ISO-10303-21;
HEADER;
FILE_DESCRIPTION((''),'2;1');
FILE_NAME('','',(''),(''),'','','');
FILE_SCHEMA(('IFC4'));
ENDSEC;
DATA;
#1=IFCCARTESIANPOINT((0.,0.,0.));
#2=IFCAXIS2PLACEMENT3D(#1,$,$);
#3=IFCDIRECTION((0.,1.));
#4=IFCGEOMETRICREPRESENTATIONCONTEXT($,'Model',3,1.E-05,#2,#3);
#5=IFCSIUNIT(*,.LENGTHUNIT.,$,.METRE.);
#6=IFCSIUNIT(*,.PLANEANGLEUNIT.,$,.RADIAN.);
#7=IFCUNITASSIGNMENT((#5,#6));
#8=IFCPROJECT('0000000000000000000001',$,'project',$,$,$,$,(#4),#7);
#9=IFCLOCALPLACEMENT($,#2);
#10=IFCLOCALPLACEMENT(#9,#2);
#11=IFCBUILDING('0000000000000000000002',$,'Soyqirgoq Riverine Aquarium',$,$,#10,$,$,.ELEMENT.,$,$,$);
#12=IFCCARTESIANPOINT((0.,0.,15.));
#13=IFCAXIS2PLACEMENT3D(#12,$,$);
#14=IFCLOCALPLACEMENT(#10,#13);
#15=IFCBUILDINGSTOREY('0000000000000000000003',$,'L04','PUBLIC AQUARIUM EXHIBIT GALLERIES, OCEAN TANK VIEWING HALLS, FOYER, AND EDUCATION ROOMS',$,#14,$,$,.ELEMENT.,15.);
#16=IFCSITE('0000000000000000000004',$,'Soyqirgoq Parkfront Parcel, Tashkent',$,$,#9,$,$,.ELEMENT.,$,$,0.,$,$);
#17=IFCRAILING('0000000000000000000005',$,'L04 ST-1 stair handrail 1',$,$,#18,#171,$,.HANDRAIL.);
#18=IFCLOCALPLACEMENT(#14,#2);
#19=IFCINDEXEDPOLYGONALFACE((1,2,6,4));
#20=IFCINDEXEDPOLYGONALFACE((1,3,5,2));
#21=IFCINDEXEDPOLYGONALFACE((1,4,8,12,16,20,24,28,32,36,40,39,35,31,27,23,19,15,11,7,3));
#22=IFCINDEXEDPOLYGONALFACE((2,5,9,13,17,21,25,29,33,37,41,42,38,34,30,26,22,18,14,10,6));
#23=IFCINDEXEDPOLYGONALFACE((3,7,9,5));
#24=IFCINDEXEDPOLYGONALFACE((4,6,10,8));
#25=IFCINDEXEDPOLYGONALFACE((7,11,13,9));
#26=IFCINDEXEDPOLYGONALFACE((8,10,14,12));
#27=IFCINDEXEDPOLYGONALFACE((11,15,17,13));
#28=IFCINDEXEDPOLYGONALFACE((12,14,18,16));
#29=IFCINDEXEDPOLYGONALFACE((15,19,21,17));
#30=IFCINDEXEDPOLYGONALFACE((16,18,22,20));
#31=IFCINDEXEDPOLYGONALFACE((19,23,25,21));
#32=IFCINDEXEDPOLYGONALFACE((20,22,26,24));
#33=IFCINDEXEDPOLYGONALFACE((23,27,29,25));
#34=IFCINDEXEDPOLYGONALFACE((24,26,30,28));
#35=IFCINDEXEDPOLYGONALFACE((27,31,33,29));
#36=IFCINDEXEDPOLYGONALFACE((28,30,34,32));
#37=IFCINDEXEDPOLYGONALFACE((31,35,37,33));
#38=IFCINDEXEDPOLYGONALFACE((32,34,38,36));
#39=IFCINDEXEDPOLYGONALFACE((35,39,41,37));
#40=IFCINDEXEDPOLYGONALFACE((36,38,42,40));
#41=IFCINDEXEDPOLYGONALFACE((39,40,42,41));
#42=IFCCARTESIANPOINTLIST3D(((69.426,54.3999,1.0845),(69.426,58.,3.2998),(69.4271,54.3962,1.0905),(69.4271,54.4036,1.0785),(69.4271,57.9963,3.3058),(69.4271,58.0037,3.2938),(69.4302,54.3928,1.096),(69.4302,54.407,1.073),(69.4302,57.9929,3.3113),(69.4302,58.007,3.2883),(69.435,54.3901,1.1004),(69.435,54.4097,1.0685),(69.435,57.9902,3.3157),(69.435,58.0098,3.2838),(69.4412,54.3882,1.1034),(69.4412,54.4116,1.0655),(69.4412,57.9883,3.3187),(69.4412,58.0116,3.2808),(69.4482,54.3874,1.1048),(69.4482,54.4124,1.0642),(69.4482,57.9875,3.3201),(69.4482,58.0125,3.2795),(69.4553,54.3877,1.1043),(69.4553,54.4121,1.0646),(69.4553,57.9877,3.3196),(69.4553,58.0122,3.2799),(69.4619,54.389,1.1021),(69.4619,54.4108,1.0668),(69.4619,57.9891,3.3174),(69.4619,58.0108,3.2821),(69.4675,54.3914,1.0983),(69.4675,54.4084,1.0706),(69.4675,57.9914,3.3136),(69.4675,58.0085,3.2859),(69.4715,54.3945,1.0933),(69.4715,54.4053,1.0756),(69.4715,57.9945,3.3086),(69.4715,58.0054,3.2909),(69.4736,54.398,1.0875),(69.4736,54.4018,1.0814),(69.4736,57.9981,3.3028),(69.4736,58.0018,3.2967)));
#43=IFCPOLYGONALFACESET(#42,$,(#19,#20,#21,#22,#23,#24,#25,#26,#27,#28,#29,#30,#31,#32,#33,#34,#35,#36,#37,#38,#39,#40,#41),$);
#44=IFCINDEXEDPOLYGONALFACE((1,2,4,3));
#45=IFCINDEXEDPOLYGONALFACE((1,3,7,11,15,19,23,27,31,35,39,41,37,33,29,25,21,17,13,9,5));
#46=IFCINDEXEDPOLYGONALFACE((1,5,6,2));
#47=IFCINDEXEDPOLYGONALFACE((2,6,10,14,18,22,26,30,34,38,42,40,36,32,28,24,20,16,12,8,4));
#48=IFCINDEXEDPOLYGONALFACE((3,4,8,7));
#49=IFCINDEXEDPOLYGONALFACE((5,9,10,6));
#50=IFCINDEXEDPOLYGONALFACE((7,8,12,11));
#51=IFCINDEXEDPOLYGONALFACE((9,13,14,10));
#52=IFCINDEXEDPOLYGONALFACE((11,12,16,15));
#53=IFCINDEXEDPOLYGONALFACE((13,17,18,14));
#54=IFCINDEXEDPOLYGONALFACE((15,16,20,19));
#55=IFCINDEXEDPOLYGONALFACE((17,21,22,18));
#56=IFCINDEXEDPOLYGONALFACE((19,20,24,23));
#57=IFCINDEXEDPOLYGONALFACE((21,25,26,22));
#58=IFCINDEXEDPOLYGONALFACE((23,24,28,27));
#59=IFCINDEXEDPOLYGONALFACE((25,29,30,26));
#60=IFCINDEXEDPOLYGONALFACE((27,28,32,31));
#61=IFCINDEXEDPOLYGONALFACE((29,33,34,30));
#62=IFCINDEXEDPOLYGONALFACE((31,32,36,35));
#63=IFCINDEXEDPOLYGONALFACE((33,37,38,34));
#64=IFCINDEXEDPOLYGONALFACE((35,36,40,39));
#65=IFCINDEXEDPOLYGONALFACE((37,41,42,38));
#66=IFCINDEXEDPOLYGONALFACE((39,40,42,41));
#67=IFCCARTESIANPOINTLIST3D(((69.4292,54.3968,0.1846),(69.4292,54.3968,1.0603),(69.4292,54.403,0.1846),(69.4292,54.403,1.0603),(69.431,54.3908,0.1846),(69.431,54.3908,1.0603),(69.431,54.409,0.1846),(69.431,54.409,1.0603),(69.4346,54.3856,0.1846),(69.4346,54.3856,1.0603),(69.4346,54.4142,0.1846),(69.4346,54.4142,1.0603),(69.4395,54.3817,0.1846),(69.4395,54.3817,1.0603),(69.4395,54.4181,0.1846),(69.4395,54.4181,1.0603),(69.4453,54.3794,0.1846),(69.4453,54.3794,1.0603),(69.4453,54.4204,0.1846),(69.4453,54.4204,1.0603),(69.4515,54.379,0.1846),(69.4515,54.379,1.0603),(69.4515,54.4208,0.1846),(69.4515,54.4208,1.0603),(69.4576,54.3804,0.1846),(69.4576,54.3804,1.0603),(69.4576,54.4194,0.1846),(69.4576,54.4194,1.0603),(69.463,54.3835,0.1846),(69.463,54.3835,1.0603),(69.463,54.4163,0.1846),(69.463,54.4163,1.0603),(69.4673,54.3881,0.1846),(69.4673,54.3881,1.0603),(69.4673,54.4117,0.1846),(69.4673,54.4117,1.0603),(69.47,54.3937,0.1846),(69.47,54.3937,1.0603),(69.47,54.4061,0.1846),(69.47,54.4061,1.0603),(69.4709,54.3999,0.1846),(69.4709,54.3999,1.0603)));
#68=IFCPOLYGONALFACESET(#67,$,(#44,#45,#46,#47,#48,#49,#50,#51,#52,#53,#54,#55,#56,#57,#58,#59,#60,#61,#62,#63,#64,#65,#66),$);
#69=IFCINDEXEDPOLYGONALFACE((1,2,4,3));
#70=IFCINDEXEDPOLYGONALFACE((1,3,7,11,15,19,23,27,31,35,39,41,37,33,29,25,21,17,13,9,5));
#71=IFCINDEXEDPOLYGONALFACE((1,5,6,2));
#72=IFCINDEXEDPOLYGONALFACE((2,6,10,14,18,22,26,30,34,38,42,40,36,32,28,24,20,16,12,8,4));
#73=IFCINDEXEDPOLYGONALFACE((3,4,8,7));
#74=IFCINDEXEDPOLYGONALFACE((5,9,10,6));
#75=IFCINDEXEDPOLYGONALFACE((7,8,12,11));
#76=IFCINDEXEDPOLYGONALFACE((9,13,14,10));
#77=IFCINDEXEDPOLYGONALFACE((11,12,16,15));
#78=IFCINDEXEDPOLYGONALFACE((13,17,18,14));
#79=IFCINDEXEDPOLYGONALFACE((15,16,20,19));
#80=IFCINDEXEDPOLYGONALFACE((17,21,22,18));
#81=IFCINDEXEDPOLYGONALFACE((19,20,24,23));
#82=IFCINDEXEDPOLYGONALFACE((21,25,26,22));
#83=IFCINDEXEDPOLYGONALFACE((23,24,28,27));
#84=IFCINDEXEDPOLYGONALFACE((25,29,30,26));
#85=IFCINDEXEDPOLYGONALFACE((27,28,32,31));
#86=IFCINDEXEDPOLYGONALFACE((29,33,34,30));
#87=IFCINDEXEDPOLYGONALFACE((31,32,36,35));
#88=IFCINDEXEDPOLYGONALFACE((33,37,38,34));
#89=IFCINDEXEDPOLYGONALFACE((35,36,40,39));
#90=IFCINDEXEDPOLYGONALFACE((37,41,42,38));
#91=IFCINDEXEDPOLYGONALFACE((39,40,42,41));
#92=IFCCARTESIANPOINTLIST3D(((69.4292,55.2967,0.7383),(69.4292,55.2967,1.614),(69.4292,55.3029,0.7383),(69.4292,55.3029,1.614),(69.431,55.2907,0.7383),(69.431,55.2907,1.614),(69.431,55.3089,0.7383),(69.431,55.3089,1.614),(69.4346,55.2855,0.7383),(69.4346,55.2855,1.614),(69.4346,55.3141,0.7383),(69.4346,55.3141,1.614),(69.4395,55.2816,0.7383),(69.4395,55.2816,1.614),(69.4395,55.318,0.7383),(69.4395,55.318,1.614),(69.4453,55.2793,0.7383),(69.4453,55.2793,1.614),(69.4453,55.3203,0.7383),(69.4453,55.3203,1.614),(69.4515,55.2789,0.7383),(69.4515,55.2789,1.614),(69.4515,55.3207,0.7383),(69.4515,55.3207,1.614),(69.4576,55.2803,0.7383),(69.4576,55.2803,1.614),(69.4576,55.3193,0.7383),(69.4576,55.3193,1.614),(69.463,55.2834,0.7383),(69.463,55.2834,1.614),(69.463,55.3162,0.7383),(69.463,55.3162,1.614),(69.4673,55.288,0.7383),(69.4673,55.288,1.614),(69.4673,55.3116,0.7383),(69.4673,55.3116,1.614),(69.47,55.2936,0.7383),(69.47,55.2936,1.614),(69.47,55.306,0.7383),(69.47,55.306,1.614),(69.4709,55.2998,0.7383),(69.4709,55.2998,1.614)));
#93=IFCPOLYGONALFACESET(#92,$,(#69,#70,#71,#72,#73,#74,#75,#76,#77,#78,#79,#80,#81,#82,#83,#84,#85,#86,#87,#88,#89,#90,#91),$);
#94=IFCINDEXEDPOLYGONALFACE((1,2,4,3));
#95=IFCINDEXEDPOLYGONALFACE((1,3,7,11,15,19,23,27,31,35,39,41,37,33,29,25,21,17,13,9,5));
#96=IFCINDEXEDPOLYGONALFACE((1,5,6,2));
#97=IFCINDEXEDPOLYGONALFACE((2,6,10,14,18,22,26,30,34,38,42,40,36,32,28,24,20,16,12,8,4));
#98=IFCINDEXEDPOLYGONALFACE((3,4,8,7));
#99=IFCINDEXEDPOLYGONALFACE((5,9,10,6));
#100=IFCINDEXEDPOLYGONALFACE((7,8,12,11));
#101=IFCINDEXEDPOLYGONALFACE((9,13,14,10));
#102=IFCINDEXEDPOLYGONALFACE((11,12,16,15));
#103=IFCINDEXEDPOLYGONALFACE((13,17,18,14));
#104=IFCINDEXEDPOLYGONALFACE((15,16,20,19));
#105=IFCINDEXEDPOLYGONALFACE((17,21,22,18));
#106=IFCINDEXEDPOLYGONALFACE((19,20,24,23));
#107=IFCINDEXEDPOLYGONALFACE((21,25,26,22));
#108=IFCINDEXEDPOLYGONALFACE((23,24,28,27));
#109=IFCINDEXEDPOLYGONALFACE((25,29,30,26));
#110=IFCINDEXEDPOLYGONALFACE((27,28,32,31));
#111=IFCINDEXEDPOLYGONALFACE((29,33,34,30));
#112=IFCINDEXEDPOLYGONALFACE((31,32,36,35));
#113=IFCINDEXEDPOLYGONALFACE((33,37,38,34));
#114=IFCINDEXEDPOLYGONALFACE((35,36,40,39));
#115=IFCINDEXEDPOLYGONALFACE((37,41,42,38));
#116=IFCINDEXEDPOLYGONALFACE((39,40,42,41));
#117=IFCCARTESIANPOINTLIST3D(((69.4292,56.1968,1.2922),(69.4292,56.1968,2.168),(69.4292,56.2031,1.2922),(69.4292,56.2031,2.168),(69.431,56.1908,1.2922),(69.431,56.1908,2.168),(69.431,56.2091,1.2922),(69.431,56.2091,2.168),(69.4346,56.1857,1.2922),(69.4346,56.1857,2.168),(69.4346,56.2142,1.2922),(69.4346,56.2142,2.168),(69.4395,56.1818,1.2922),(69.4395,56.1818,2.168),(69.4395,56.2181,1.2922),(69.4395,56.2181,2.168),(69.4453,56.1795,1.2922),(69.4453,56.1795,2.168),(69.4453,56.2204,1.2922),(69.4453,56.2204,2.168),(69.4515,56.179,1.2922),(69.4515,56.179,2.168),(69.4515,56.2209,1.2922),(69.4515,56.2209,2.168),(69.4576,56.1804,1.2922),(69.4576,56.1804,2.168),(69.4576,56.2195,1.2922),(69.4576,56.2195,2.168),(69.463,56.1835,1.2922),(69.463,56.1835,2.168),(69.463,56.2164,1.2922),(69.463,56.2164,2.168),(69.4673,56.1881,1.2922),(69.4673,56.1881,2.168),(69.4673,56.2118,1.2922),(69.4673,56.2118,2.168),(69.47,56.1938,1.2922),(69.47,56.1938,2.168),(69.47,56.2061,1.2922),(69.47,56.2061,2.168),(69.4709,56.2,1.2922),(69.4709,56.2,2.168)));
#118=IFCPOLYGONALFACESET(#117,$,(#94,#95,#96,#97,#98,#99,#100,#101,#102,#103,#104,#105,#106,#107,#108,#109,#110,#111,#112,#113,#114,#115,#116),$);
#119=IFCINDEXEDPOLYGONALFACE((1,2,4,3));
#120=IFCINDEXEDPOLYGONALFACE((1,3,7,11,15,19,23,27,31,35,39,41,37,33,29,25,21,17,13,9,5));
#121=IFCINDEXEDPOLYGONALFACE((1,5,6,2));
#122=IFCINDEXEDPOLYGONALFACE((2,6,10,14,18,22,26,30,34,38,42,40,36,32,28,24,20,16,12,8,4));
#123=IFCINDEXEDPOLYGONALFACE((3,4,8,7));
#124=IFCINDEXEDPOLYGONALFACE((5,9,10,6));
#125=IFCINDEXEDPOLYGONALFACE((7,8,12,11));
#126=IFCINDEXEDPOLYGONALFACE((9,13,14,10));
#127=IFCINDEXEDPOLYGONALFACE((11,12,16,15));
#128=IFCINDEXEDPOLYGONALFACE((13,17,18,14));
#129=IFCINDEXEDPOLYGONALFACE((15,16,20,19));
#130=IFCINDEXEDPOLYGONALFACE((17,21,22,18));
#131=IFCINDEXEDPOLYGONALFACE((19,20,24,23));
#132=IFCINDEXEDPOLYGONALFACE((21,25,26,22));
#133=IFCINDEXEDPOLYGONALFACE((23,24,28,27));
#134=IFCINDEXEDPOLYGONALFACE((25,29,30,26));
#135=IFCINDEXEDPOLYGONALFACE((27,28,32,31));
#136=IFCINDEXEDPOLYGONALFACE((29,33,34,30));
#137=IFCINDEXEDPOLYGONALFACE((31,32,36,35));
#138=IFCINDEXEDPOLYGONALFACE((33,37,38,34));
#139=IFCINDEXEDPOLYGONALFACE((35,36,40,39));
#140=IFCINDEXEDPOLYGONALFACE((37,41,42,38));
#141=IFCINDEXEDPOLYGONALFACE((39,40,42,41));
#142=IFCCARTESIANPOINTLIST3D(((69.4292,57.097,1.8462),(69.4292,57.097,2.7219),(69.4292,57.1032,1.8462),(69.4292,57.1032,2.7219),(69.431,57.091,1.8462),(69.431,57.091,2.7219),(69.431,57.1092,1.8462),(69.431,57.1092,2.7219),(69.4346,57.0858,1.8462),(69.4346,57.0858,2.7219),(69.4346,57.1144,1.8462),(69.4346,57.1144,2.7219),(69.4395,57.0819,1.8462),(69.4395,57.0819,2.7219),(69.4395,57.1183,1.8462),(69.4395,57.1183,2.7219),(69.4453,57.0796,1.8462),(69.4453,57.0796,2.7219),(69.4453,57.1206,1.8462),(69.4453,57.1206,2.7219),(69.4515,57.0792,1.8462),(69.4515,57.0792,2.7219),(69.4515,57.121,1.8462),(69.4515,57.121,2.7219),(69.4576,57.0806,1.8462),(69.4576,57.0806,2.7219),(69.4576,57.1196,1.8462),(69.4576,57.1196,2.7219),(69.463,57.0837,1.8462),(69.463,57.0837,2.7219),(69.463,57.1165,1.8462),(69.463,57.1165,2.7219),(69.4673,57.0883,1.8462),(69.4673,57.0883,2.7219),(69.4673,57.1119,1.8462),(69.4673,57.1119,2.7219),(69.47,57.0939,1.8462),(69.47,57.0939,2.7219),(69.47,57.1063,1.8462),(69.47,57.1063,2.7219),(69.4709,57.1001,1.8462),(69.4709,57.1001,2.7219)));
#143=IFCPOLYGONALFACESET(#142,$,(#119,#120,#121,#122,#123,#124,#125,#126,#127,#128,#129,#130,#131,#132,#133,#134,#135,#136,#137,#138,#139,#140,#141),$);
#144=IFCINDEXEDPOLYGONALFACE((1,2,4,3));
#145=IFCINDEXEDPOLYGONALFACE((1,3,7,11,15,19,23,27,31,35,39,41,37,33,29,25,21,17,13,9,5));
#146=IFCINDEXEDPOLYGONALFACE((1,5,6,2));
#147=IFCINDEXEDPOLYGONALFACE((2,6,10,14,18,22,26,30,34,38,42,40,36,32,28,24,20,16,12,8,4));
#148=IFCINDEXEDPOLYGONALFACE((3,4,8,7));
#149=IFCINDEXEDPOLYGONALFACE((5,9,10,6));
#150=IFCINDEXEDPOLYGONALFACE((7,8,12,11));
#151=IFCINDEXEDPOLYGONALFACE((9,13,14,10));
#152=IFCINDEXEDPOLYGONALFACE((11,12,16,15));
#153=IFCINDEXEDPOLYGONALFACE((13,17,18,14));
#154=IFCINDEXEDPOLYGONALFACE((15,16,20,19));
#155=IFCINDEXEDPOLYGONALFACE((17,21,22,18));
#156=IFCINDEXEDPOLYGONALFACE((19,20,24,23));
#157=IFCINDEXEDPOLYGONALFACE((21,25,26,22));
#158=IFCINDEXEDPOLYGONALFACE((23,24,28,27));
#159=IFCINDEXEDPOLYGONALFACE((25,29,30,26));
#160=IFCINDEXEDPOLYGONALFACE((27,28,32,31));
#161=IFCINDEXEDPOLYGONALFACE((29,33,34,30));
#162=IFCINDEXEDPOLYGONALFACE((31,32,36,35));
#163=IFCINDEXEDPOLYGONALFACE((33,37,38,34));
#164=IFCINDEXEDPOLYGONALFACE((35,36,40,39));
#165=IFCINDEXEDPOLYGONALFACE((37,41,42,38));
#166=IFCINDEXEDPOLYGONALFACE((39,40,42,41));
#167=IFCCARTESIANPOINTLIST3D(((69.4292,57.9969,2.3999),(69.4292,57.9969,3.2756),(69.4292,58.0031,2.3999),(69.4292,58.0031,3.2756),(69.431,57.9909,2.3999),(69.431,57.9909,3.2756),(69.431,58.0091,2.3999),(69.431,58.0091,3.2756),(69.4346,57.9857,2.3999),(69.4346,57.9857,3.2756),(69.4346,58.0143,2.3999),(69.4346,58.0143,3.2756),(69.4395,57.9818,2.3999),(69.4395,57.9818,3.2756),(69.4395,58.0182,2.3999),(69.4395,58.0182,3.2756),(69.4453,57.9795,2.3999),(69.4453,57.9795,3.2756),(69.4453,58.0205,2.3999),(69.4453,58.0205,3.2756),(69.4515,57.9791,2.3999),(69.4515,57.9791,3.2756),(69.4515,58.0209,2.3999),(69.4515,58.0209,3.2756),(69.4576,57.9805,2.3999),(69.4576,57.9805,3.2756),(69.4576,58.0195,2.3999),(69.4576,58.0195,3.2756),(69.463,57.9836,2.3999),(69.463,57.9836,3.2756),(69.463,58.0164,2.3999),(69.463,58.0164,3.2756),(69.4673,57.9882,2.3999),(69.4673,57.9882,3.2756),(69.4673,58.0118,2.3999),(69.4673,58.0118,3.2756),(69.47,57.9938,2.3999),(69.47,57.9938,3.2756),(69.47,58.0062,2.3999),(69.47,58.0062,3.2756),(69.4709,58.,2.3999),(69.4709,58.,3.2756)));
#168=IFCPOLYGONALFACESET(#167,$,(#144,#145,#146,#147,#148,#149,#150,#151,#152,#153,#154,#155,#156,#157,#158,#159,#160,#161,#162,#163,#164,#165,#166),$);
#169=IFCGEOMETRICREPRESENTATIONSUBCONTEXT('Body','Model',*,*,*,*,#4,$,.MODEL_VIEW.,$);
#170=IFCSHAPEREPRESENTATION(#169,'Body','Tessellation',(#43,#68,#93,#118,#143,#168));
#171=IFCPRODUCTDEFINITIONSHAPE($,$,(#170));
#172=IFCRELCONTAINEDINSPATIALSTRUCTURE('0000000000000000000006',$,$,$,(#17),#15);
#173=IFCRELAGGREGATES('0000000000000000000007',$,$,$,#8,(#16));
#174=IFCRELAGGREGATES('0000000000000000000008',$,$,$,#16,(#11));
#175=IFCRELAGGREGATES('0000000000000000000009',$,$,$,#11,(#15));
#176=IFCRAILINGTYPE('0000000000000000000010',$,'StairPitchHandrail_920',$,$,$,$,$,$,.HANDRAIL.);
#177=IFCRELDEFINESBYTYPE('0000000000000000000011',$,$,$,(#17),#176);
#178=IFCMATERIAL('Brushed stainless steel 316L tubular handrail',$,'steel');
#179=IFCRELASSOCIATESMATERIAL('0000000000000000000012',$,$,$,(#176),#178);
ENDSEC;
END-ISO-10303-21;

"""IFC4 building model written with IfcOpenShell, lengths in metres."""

from ifc_helpers import new_model, si_unit, direction, frame, origin, origin_2d, place, context, subcontext, project, spatial, circle, extrude, material, type_object, element, save


model = new_model("IFC4")

# Units and contexts
model_context = context("Model", 3, precision=1e-05, world=origin(), true_north=direction((0.0, 1.0)))
body_context = subcontext(model_context, "Body", "Model", "MODEL_VIEW")
ifc_project = project(units=[si_unit("LENGTHUNIT", "METRE"), si_unit("PLANEANGLEUNIT", "RADIAN")], contexts=[model_context])

# Site, building, storey
site_placement = place(None, origin())
site = spatial("IfcSite", under=ifc_project, at=site_placement, Name="Soyqirgoq Parkfront Parcel, Tashkent", CompositionType="ELEMENT", RefElevation=0.0)
building_placement = place(site_placement, origin())
building = spatial("IfcBuilding", under=site, at=building_placement, Name="Soyqirgoq Riverine Aquarium", CompositionType="ELEMENT")
storey_placement = place(building_placement, frame((0.0, 0.0, 15.0)))
storey = spatial("IfcBuildingStorey", under=building, at=storey_placement, Name="L04", Description="PUBLIC AQUARIUM EXHIBIT GALLERIES, OCEAN TANK VIEWING HALLS, FOYER, AND EDUCATION ROOMS", CompositionType="ELEMENT", Elevation=15.0)

# Railing
ifc_material_1 = material(Name="Brushed stainless steel 316L tubular handrail", Category="steel")
railing_type_1 = type_object("IfcRailingType", Name="StairPitchHandrail_920", PredefinedType="HANDRAIL", material=ifc_material_1)
railing_1_placement = place(storey_placement, frame((69.45, 54.3999, 0.1846)))
element("IfcRailing", 1, at=railing_1_placement, inside=storey, type_object=railing_type_1, Name="L04 ST-1 stair handrail 1", PredefinedType="HANDRAIL", context=body_context, shape_type="SweptSolid", body=[
    extrude(circle(Radius=0.0239, at=origin_2d()), frame((0.0, 0.0, 0.8999), z_axis=(0.0, 0.85167, 0.524078), x_axis=(-1.0, 0.0, 0.0)), (0.0, 0.0, 1.0), 4.2271),
    extrude(circle(Radius=0.021, at=origin_2d()), origin(), (0.0, 0.0, 1.0), 0.8757),
    extrude(circle(Radius=0.021, at=origin_2d()), frame((0.0, 0.8999, 0.5537)), (0.0, 0.0, 1.0), 0.8757),
    extrude(circle(Radius=0.021, at=origin_2d()), frame((0.0, 1.8, 1.1077)), (0.0, 0.0, 1.0), 0.8757),
    extrude(circle(Radius=0.021, at=origin_2d()), frame((0.0, 2.7002, 1.6616)), (0.0, 0.0, 1.0), 0.8757),
    extrude(circle(Radius=0.021, at=origin_2d()), frame((0.0, 3.6001, 2.2153)), (0.0, 0.0, 1.0), 0.8757),
])

save(model, "model.ifc")
